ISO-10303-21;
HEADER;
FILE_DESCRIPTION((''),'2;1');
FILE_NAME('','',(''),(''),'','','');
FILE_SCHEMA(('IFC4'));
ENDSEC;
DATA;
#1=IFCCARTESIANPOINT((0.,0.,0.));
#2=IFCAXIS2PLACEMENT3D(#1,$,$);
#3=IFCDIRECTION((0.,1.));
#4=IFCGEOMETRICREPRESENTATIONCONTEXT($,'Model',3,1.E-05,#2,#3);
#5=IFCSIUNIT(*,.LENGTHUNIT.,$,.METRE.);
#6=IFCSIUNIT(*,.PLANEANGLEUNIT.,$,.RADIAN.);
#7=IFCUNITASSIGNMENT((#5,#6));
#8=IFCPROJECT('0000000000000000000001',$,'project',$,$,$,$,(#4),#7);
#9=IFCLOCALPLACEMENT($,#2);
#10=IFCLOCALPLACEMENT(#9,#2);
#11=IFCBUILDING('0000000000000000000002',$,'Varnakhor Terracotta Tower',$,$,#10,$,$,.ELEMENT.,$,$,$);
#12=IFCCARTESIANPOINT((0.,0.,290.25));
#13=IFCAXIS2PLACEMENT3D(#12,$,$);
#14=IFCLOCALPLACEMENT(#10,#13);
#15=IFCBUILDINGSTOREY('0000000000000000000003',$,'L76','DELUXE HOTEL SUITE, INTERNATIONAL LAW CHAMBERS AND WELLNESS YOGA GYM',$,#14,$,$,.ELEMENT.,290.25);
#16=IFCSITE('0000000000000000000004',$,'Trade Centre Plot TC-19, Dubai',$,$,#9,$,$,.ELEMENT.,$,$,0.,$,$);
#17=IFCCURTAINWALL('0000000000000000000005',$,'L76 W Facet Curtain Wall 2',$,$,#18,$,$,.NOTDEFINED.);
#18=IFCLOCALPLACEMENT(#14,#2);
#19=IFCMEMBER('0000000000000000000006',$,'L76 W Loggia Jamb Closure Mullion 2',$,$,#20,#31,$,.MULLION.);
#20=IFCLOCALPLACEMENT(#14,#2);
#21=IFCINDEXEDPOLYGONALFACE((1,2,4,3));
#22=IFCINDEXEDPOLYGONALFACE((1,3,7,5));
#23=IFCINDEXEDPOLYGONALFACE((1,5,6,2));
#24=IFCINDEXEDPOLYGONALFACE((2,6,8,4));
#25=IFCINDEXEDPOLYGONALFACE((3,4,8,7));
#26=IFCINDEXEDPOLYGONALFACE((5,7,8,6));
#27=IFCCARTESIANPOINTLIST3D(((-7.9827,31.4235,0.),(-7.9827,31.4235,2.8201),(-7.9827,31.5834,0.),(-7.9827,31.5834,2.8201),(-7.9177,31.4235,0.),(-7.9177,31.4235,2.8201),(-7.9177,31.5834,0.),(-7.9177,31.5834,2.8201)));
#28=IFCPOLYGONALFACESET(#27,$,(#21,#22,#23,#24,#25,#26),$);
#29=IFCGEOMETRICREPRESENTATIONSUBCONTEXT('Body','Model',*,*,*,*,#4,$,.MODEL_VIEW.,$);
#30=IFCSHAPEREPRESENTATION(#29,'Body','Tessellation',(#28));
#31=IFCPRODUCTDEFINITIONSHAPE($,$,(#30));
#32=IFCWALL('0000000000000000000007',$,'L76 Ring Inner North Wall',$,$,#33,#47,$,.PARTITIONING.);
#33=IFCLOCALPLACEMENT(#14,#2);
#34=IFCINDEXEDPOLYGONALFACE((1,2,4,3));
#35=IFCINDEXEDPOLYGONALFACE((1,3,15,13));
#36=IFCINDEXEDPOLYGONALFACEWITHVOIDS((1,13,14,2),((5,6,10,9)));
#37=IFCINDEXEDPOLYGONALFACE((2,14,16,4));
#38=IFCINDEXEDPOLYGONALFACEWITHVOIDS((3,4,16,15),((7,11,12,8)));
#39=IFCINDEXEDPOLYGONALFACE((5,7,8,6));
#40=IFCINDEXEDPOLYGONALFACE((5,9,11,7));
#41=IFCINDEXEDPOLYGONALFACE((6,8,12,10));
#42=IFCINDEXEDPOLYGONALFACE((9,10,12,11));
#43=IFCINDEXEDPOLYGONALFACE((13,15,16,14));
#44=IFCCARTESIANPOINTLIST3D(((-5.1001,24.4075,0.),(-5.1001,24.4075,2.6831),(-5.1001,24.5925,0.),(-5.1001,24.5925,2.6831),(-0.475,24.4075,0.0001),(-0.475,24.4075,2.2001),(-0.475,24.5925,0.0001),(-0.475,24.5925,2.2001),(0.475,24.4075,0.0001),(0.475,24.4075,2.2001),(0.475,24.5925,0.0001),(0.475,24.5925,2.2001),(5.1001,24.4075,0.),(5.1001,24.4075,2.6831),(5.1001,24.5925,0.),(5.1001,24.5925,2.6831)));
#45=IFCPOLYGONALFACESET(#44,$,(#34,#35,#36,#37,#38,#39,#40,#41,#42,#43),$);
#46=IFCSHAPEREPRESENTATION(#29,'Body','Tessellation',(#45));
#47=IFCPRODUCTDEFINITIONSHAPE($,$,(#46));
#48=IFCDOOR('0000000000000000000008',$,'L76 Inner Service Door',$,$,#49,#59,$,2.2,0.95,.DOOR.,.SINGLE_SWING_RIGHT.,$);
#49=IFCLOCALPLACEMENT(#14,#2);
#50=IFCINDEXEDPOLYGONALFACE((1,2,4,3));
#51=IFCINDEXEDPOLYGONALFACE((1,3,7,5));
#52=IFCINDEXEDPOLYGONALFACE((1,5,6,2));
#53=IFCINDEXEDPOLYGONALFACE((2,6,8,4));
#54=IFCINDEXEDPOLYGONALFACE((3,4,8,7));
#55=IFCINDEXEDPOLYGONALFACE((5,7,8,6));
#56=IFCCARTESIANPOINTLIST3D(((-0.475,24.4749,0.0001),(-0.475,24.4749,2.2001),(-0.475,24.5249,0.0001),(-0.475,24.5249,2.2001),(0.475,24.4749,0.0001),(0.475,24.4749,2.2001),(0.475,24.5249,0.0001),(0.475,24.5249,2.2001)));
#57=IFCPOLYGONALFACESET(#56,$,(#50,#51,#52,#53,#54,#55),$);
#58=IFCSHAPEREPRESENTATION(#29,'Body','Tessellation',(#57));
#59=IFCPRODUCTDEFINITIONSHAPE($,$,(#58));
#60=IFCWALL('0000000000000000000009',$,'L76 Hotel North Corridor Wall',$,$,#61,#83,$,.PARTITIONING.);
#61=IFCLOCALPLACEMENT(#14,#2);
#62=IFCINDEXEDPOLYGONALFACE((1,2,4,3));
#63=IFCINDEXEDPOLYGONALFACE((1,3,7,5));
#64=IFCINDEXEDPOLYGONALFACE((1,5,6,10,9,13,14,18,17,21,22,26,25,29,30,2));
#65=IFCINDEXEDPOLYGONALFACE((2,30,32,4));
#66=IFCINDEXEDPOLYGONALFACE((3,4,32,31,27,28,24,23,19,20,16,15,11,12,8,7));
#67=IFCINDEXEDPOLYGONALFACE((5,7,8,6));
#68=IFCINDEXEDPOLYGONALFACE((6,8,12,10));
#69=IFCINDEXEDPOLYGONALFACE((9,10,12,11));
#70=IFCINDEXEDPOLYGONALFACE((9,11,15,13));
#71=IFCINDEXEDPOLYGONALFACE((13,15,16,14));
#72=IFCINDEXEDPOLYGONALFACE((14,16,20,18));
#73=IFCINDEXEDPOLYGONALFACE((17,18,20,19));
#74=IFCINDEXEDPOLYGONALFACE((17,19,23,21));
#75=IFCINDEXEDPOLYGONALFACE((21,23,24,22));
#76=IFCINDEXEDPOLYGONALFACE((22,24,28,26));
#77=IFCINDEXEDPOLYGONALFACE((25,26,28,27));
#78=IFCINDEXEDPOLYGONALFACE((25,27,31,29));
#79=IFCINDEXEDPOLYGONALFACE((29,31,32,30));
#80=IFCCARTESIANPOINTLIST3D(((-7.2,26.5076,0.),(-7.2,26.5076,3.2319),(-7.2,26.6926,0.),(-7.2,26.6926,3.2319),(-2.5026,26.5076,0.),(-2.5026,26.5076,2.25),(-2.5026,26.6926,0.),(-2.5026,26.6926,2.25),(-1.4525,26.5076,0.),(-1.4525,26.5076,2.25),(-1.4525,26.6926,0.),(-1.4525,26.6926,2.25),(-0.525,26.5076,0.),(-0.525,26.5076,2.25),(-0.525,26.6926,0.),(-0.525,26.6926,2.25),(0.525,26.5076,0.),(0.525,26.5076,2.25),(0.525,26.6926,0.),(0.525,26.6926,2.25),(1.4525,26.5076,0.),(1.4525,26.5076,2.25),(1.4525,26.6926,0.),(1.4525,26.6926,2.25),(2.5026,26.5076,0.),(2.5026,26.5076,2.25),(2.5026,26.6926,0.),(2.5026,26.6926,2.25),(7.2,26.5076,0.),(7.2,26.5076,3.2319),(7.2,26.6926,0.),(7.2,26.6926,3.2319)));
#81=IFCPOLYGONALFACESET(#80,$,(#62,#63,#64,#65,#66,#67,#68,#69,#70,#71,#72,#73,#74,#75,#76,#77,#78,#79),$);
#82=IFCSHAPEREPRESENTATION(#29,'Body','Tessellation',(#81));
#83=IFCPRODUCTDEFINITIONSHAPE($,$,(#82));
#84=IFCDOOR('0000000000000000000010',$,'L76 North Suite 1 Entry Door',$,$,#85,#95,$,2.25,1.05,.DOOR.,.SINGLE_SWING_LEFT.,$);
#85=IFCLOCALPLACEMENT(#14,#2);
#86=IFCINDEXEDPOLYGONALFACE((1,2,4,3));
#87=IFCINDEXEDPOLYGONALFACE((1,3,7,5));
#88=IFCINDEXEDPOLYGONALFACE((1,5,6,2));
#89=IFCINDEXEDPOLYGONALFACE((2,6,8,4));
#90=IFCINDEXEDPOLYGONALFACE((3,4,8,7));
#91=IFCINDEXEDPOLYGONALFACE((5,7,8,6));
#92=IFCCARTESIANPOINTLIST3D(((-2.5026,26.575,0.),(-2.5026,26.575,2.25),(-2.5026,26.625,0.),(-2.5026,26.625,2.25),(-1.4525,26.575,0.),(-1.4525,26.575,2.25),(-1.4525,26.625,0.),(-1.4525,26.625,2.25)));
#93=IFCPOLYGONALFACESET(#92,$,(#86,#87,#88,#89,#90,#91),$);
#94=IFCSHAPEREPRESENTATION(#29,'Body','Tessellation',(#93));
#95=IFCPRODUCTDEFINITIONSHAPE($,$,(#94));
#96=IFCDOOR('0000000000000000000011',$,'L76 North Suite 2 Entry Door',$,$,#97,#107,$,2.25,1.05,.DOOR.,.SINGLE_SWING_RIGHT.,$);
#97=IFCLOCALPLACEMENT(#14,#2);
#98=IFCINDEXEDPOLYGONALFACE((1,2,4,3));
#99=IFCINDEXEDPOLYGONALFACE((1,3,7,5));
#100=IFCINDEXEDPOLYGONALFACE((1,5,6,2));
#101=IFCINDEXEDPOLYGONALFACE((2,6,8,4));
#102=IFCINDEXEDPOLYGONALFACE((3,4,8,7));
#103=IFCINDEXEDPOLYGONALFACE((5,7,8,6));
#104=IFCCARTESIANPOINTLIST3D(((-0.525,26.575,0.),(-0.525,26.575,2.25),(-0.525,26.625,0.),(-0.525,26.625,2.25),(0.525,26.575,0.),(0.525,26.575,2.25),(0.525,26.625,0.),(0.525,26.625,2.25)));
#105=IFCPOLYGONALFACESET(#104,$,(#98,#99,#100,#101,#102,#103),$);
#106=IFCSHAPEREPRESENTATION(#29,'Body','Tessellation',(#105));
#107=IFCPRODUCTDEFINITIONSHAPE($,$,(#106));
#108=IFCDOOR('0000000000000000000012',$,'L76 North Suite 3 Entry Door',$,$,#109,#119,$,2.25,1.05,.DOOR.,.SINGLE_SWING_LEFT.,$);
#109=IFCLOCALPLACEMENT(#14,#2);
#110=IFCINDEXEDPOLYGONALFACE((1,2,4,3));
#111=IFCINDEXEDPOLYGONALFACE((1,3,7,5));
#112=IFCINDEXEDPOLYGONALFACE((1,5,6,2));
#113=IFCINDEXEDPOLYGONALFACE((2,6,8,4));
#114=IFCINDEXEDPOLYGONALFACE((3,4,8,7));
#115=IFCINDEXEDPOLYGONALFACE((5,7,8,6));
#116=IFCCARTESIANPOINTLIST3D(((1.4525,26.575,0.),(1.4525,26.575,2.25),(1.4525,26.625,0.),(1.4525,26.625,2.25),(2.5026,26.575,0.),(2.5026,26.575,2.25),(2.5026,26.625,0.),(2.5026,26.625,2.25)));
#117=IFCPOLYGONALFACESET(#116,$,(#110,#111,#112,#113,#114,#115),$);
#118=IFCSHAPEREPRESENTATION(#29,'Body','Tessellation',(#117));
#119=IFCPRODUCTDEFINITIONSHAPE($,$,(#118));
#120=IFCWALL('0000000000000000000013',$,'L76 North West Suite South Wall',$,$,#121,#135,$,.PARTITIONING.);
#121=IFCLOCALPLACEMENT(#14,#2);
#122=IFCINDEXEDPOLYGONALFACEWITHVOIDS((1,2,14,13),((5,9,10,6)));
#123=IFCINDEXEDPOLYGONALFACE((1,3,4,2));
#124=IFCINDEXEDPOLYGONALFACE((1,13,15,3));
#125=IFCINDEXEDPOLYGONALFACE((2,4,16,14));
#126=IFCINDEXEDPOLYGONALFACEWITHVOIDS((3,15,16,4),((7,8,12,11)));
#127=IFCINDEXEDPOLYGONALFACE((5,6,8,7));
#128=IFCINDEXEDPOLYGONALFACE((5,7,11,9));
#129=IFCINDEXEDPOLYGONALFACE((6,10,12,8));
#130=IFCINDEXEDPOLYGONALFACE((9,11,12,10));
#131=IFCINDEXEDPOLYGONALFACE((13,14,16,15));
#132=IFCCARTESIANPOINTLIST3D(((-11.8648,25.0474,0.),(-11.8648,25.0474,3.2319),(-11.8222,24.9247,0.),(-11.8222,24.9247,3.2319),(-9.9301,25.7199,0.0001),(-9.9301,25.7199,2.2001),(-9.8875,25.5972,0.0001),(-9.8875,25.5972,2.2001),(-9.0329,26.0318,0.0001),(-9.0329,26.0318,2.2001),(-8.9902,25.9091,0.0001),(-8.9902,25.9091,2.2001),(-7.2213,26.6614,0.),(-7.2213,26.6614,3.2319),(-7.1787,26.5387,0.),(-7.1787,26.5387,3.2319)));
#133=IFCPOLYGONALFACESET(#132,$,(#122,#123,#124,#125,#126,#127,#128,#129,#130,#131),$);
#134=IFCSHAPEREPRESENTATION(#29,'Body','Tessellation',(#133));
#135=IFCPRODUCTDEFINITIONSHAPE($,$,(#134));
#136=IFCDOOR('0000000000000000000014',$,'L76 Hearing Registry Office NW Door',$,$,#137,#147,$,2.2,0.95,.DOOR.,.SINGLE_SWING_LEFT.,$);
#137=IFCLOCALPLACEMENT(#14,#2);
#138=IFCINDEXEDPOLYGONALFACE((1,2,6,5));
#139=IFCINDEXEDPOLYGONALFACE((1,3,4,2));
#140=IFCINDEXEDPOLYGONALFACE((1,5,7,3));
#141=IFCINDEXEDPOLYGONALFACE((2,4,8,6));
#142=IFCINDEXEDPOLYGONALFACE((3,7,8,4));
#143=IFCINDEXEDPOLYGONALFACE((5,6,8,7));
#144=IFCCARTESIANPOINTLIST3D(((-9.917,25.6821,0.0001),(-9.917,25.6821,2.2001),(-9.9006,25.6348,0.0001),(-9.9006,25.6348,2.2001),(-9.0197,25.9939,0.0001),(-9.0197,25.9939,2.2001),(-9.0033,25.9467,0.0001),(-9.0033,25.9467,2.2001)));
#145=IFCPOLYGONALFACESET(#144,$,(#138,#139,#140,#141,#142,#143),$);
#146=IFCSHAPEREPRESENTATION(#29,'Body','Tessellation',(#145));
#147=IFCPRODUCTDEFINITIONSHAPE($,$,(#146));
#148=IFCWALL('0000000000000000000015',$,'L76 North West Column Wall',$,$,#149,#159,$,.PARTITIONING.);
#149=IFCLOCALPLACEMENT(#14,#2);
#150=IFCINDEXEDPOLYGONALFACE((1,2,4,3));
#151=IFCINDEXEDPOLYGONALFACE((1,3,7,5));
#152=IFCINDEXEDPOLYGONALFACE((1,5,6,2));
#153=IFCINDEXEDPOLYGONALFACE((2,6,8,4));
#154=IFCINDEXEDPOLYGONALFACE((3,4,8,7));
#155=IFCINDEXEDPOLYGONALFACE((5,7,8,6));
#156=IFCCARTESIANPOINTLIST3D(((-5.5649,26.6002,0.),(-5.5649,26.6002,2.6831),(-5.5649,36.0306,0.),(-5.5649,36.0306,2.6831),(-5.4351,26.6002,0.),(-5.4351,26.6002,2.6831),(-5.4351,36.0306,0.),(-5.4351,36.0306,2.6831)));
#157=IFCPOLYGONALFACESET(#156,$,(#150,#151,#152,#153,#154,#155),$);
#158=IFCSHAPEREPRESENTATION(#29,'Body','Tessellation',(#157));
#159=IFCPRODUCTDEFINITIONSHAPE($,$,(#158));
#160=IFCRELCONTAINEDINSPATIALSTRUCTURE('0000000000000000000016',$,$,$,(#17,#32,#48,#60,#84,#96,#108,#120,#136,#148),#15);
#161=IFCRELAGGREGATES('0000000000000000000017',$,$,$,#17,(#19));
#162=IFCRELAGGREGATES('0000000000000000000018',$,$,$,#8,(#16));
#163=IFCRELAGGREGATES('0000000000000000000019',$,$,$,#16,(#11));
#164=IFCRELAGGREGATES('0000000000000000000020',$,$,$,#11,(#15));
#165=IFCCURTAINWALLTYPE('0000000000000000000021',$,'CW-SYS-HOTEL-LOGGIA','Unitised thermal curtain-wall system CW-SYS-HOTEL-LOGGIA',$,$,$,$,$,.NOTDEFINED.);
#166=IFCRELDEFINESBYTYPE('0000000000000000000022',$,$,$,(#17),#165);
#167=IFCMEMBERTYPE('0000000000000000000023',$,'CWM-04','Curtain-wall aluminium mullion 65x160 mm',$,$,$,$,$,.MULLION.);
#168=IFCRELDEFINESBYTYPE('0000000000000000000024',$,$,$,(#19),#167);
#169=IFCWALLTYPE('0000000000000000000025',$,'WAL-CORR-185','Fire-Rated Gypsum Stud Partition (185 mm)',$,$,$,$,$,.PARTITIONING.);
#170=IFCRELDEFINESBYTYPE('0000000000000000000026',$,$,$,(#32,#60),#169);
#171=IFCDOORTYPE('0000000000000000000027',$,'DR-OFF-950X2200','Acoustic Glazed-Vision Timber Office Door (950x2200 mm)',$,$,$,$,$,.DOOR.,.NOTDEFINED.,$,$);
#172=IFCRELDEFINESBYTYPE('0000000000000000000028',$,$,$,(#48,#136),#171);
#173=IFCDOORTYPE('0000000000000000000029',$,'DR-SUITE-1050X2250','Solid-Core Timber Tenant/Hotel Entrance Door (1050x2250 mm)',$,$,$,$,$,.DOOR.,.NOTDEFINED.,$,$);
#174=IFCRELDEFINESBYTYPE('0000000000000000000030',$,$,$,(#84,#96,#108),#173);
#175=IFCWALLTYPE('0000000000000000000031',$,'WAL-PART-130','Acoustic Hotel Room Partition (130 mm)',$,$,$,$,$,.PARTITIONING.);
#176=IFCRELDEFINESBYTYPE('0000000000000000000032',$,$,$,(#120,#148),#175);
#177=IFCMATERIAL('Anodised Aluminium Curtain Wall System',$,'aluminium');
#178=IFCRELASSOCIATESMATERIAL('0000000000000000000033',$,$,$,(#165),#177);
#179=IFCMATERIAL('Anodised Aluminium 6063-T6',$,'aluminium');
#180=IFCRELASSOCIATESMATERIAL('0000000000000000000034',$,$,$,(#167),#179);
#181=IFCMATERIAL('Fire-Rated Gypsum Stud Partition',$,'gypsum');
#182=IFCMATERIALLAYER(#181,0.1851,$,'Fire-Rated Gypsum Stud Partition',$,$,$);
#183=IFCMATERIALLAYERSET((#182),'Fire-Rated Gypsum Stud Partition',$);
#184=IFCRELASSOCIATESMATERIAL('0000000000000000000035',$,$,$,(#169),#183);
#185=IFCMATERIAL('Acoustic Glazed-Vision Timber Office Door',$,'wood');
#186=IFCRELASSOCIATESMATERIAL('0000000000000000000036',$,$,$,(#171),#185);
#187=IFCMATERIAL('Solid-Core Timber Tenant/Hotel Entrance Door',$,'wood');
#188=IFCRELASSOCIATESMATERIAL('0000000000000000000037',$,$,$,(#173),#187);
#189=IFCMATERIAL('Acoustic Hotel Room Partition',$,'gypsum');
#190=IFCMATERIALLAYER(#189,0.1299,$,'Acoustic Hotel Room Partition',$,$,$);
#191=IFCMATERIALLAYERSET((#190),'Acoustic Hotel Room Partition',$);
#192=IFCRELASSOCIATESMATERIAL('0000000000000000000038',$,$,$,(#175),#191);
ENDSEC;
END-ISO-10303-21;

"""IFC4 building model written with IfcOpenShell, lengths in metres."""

from ifc_helpers import new_model, si_unit, direction, frame, frame_2d, origin, origin_2d, place, context, subcontext, project, spatial, rectangle, extrude, source, transform, mapped, material, layer, layer_set, material_profile, profile_set, type_object, type_shapes, element, fill, aggregate, save


model = new_model("IFC4")

# Units and contexts
model_context = context("Model", 3, precision=1e-05, world=origin(), true_north=direction((0.0, 1.0)))
body_context = subcontext(model_context, "Body", "Model", "MODEL_VIEW")
ifc_project = project(units=[si_unit("LENGTHUNIT", "METRE"), si_unit("PLANEANGLEUNIT", "RADIAN")], contexts=[model_context])

# Site, building, storey
site_placement = place(None, origin())
site = spatial("IfcSite", under=ifc_project, at=site_placement, Name="Trade Centre Plot TC-19, Dubai", CompositionType="ELEMENT", RefElevation=0.0)
building_placement = place(site_placement, origin())
building = spatial("IfcBuilding", under=site, at=building_placement, Name="Varnakhor Terracotta Tower", CompositionType="ELEMENT")
storey_placement = place(building_placement, frame((0.0, 0.0, 290.25)))
storey = spatial("IfcBuildingStorey", under=building, at=storey_placement, Name="L76", Description="DELUXE HOTEL SUITE, INTERNATIONAL LAW CHAMBERS AND WELLNESS YOGA GYM", CompositionType="ELEMENT", Elevation=290.25)

# Curtain wall, member
ifc_material_1 = material(Name="Anodised Aluminium Curtain Wall System", Category="aluminium")
curtain_wall_type = type_object("IfcCurtainWallType", Name="CW-SYS-HOTEL-LOGGIA", Description="Unitised thermal curtain-wall system CW-SYS-HOTEL-LOGGIA", PredefinedType="NOTDEFINED", material=ifc_material_1)
curtain_wall_placement = place(storey_placement, origin())
curtain_wall = element("IfcCurtainWall", 1, at=curtain_wall_placement, inside=storey, type_object=curtain_wall_type, Name="L76 W Facet Curtain Wall 2", PredefinedType="NOTDEFINED")
ifc_material_2 = material(Name="Anodised Aluminium 6063-T6", Category="aluminium")
ifc_material_profile_1 = material_profile(ifc_material_2, rectangle(XDim=0.0649, YDim=0.1599, at=origin_2d()), Name="ALU MULLION 65x160")
ifc_profile_set_1 = profile_set([ifc_material_profile_1], Name="Anodised Aluminium 6063-T6")
member_type = type_object("IfcMemberType", Name="CWM-04", Description="Curtain-wall aluminium mullion 65x160 mm", PredefinedType="MULLION", material=ifc_profile_set_1)
shared_shape_1 = source(origin(), body_context, "Body", "SweptSolid", [
    extrude(rectangle(XDim=0.0649, YDim=0.1599, at=origin_2d()), origin(), (0.0, 0.0, 1.0), 2.8201),
])
type_shapes(member_type, [shared_shape_1])
member_placement = place(storey_placement, frame((-7.9502, 31.5034, 0.0), z_axis=(0.0, 0.0, 1.0), x_axis=(1.0, 0.0, 0.0)))
member = element("IfcMember", 2, at=member_placement, type_object=member_type, Name="L76 W Loggia Jamb Closure Mullion 2", PredefinedType="MULLION", context=body_context, shape_type="MappedRepresentation", body=[
    mapped(shared_shape_1, transform((0.0, 0.0, 0.0), scale=1.0)),
])
aggregate(curtain_wall, [member])

# Wall, opening, door
ifc_material_3 = material(Name="Fire-Rated Gypsum Stud Partition", Category="gypsum")
ifc_layer_1 = layer(ifc_material_3, 0.1851, Name="Fire-Rated Gypsum Stud Partition")
ifc_layer_set_1 = layer_set([ifc_layer_1], Name="Fire-Rated Gypsum Stud Partition")
wall_type_1 = type_object("IfcWallType", Name="WAL-CORR-185", Description="Fire-Rated Gypsum Stud Partition (185 mm)", PredefinedType="PARTITIONING", material=ifc_layer_set_1)
wall_1_placement = place(storey_placement, frame((-5.1001, 24.5, 0.0), z_axis=(0.0, 0.0, 1.0), x_axis=(1.0, 0.0, 0.0)))
wall_1 = element("IfcWall", 3, at=wall_1_placement, inside=storey, type_object=wall_type_1, Name="L76 Ring Inner North Wall", PredefinedType="PARTITIONING", context=body_context, shape_type="SweptSolid", body=[
    extrude(rectangle(XDim=10.2002, YDim=0.1851, at=frame_2d((5.1001, 0.0))), origin(), (0.0, 0.0, 1.0), 2.6831),
])
opening_1_placement = place(wall_1_placement, frame((4.625, 0.0, 0.0)))
opening_1 = element("IfcOpeningElement", 4, at=opening_1_placement, cuts=wall_1, PredefinedType="OPENING", context=body_context, shape_type="SweptSolid", body=[
    extrude(rectangle(XDim=0.95, YDim=2.2, at=frame_2d((0.4751, 1.1001))), frame((0.0, 0.1025, 0.0), z_axis=(0.0, -1.0, 0.0), x_axis=(1.0, 0.0, 0.0)), (0.0, 0.0, 1.0), 0.2051),
])
ifc_material_4 = material(Name="Acoustic Glazed-Vision Timber Office Door", Category="wood")
door_type_1 = type_object("IfcDoorType", Name="DR-OFF-950X2200", Description="Acoustic Glazed-Vision Timber Office Door (950x2200 mm)", OperationType="NOTDEFINED", PredefinedType="DOOR", material=ifc_material_4)
shared_shape_2 = source(origin(), body_context, "Body", "SweptSolid", [
    extrude(rectangle(XDim=0.95, YDim=2.2, at=frame_2d((0.4751, 1.1001))), frame((0.0, 0.0249, 0.0), z_axis=(0.0, -1.0, 0.0), x_axis=(1.0, 0.0, 0.0)), (0.0, 0.0, 1.0), 0.05),
])
type_shapes(door_type_1, [shared_shape_2])
door_1_placement = place(opening_1_placement, origin())
door_1 = element("IfcDoor", 5, at=door_1_placement, inside=storey, type_object=door_type_1, Name="L76 Inner Service Door", OperationType="SINGLE_SWING_RIGHT", OverallHeight=2.2, OverallWidth=0.95, PredefinedType="DOOR", context=body_context, shape_type="MappedRepresentation", body=[
    mapped(shared_shape_2, transform((0.0, 0.0, 0.0), scale=1.0)),
])
fill(opening_1, door_1)

# Wall, openings, doors
wall_2_placement = place(storey_placement, frame((-7.2, 26.6001, 0.0), z_axis=(0.0, 0.0, 1.0), x_axis=(1.0, 0.0, 0.0)))
wall_2 = element("IfcWall", 6, at=wall_2_placement, inside=storey, type_object=wall_type_1, Name="L76 Hotel North Corridor Wall", PredefinedType="PARTITIONING", context=body_context, shape_type="SweptSolid", body=[
    extrude(rectangle(XDim=14.3999, YDim=0.1851, at=frame_2d((7.2, 0.0))), origin(), (0.0, 0.0, 1.0), 3.2319),
])
opening_2_placement = place(wall_2_placement, frame((4.6975, 0.0, 0.0)))
opening_2 = element("IfcOpeningElement", 7, at=opening_2_placement, cuts=wall_2, PredefinedType="OPENING", context=body_context, shape_type="SweptSolid", body=[
    extrude(rectangle(XDim=1.05, YDim=2.25, at=frame_2d((0.5249, 1.125))), frame((0.0, 0.1025, 0.0), z_axis=(0.0, -1.0, 0.0), x_axis=(1.0, 0.0, 0.0)), (0.0, 0.0, 1.0), 0.2051),
])
opening_3_placement = place(wall_2_placement, frame((6.675, 0.0, 0.0)))
opening_3 = element("IfcOpeningElement", 8, at=opening_3_placement, cuts=wall_2, PredefinedType="OPENING", context=body_context, shape_type="SweptSolid", body=[
    extrude(rectangle(XDim=1.05, YDim=2.25, at=frame_2d((0.5249, 1.125))), frame((0.0, 0.1025, 0.0), z_axis=(0.0, -1.0, 0.0), x_axis=(1.0, 0.0, 0.0)), (0.0, 0.0, 1.0), 0.2051),
])
opening_4_placement = place(wall_2_placement, frame((8.6526, 0.0, 0.0)))
opening_4 = element("IfcOpeningElement", 9, at=opening_4_placement, cuts=wall_2, PredefinedType="OPENING", context=body_context, shape_type="SweptSolid", body=[
    extrude(rectangle(XDim=1.05, YDim=2.25, at=frame_2d((0.5249, 1.125))), frame((0.0, 0.1025, 0.0), z_axis=(0.0, -1.0, 0.0), x_axis=(1.0, 0.0, 0.0)), (0.0, 0.0, 1.0), 0.2051),
])
ifc_material_5 = material(Name="Solid-Core Timber Tenant/Hotel Entrance Door", Category="wood")
door_type_2 = type_object("IfcDoorType", Name="DR-SUITE-1050X2250", Description="Solid-Core Timber Tenant/Hotel Entrance Door (1050x2250 mm)", OperationType="NOTDEFINED", PredefinedType="DOOR", material=ifc_material_5)
shared_shape_3 = source(origin(), body_context, "Body", "SweptSolid", [
    extrude(rectangle(XDim=1.05, YDim=2.25, at=frame_2d((0.5249, 1.125))), frame((0.0, 0.0249, 0.0), z_axis=(0.0, -1.0, 0.0), x_axis=(1.0, 0.0, 0.0)), (0.0, 0.0, 1.0), 0.05),
])
type_shapes(door_type_2, [shared_shape_3])
door_2_placement = place(opening_2_placement, origin())
door_2 = element("IfcDoor", 10, at=door_2_placement, inside=storey, type_object=door_type_2, Name="L76 North Suite 1 Entry Door", OperationType="SINGLE_SWING_LEFT", OverallHeight=2.25, OverallWidth=1.05, PredefinedType="DOOR", context=body_context, shape_type="MappedRepresentation", body=[
    mapped(shared_shape_3, transform((0.0, 0.0, 0.0), scale=1.0)),
])
fill(opening_2, door_2)
door_3_placement = place(opening_3_placement, origin())
door_3 = element("IfcDoor", 11, at=door_3_placement, inside=storey, type_object=door_type_2, Name="L76 North Suite 2 Entry Door", OperationType="SINGLE_SWING_RIGHT", OverallHeight=2.25, OverallWidth=1.05, PredefinedType="DOOR", context=body_context, shape_type="MappedRepresentation", body=[
    mapped(shared_shape_3, transform((0.0, 0.0, 0.0), scale=1.0)),
])
fill(opening_3, door_3)
door_4_placement = place(opening_4_placement, origin())
door_4 = element("IfcDoor", 12, at=door_4_placement, inside=storey, type_object=door_type_2, Name="L76 North Suite 3 Entry Door", OperationType="SINGLE_SWING_LEFT", OverallHeight=2.25, OverallWidth=1.05, PredefinedType="DOOR", context=body_context, shape_type="MappedRepresentation", body=[
    mapped(shared_shape_3, transform((0.0, 0.0, 0.0), scale=1.0)),
])
fill(opening_4, door_4)

# Wall, opening, door
ifc_material_6 = material(Name="Acoustic Hotel Room Partition", Category="gypsum")
ifc_layer_2 = layer(ifc_material_6, 0.1299, Name="Acoustic Hotel Room Partition")
ifc_layer_set_2 = layer_set([ifc_layer_2], Name="Acoustic Hotel Room Partition")
wall_type_2 = type_object("IfcWallType", Name="WAL-PART-130", Description="Acoustic Hotel Room Partition (130 mm)", PredefinedType="PARTITIONING", material=ifc_layer_set_2)
wall_3_placement = place(storey_placement, frame((-11.8435, 24.9861, 0.0), z_axis=(0.0, 0.0, 1.0), x_axis=(0.944568, 0.328315, 0.0)))
wall_3 = element("IfcWall", 13, at=wall_3_placement, inside=storey, type_object=wall_type_2, Name="L76 North West Suite South Wall", PredefinedType="PARTITIONING", context=body_context, shape_type="SweptSolid", body=[
    extrude(rectangle(XDim=4.916, YDim=0.1299, at=frame_2d((2.458, 0.0))), origin(), (0.0, 0.0, 1.0), 3.2319),
])
opening_5_placement = place(wall_3_placement, frame((2.0481, 0.0, 0.0)))
opening_5 = element("IfcOpeningElement", 14, at=opening_5_placement, cuts=wall_3, PredefinedType="OPENING", context=body_context, shape_type="SweptSolid", body=[
    extrude(rectangle(XDim=0.95, YDim=2.2, at=frame_2d((0.4751, 1.1001))), frame((0.0, 0.075, 0.0), z_axis=(0.0, -1.0, 0.0), x_axis=(1.0, 0.0, 0.0)), (0.0, 0.0, 1.0), 0.1499),
])
door_5_placement = place(opening_5_placement, origin())
door_5 = element("IfcDoor", 15, at=door_5_placement, inside=storey, type_object=door_type_1, Name="L76 Hearing Registry Office NW Door", OperationType="SINGLE_SWING_LEFT", OverallHeight=2.2, OverallWidth=0.95, PredefinedType="DOOR", context=body_context, shape_type="MappedRepresentation", body=[
    mapped(shared_shape_2, transform((0.0, 0.0, 0.0), scale=1.0)),
])
fill(opening_5, door_5)

# Wall
wall_4_placement = place(storey_placement, frame((-5.5, 26.6001, 0.0), z_axis=(0.0, 0.0, 1.0), x_axis=(0.0, 1.0, 0.0)))
element("IfcWall", 16, at=wall_4_placement, inside=storey, type_object=wall_type_2, Name="L76 North West Column Wall", PredefinedType="PARTITIONING", context=body_context, shape_type="SweptSolid", body=[
    extrude(rectangle(XDim=9.4304, YDim=0.1299, at=frame_2d((4.7153, 0.0))), origin(), (0.0, 0.0, 1.0), 2.6831),
])

save(model, "model.ifc")
